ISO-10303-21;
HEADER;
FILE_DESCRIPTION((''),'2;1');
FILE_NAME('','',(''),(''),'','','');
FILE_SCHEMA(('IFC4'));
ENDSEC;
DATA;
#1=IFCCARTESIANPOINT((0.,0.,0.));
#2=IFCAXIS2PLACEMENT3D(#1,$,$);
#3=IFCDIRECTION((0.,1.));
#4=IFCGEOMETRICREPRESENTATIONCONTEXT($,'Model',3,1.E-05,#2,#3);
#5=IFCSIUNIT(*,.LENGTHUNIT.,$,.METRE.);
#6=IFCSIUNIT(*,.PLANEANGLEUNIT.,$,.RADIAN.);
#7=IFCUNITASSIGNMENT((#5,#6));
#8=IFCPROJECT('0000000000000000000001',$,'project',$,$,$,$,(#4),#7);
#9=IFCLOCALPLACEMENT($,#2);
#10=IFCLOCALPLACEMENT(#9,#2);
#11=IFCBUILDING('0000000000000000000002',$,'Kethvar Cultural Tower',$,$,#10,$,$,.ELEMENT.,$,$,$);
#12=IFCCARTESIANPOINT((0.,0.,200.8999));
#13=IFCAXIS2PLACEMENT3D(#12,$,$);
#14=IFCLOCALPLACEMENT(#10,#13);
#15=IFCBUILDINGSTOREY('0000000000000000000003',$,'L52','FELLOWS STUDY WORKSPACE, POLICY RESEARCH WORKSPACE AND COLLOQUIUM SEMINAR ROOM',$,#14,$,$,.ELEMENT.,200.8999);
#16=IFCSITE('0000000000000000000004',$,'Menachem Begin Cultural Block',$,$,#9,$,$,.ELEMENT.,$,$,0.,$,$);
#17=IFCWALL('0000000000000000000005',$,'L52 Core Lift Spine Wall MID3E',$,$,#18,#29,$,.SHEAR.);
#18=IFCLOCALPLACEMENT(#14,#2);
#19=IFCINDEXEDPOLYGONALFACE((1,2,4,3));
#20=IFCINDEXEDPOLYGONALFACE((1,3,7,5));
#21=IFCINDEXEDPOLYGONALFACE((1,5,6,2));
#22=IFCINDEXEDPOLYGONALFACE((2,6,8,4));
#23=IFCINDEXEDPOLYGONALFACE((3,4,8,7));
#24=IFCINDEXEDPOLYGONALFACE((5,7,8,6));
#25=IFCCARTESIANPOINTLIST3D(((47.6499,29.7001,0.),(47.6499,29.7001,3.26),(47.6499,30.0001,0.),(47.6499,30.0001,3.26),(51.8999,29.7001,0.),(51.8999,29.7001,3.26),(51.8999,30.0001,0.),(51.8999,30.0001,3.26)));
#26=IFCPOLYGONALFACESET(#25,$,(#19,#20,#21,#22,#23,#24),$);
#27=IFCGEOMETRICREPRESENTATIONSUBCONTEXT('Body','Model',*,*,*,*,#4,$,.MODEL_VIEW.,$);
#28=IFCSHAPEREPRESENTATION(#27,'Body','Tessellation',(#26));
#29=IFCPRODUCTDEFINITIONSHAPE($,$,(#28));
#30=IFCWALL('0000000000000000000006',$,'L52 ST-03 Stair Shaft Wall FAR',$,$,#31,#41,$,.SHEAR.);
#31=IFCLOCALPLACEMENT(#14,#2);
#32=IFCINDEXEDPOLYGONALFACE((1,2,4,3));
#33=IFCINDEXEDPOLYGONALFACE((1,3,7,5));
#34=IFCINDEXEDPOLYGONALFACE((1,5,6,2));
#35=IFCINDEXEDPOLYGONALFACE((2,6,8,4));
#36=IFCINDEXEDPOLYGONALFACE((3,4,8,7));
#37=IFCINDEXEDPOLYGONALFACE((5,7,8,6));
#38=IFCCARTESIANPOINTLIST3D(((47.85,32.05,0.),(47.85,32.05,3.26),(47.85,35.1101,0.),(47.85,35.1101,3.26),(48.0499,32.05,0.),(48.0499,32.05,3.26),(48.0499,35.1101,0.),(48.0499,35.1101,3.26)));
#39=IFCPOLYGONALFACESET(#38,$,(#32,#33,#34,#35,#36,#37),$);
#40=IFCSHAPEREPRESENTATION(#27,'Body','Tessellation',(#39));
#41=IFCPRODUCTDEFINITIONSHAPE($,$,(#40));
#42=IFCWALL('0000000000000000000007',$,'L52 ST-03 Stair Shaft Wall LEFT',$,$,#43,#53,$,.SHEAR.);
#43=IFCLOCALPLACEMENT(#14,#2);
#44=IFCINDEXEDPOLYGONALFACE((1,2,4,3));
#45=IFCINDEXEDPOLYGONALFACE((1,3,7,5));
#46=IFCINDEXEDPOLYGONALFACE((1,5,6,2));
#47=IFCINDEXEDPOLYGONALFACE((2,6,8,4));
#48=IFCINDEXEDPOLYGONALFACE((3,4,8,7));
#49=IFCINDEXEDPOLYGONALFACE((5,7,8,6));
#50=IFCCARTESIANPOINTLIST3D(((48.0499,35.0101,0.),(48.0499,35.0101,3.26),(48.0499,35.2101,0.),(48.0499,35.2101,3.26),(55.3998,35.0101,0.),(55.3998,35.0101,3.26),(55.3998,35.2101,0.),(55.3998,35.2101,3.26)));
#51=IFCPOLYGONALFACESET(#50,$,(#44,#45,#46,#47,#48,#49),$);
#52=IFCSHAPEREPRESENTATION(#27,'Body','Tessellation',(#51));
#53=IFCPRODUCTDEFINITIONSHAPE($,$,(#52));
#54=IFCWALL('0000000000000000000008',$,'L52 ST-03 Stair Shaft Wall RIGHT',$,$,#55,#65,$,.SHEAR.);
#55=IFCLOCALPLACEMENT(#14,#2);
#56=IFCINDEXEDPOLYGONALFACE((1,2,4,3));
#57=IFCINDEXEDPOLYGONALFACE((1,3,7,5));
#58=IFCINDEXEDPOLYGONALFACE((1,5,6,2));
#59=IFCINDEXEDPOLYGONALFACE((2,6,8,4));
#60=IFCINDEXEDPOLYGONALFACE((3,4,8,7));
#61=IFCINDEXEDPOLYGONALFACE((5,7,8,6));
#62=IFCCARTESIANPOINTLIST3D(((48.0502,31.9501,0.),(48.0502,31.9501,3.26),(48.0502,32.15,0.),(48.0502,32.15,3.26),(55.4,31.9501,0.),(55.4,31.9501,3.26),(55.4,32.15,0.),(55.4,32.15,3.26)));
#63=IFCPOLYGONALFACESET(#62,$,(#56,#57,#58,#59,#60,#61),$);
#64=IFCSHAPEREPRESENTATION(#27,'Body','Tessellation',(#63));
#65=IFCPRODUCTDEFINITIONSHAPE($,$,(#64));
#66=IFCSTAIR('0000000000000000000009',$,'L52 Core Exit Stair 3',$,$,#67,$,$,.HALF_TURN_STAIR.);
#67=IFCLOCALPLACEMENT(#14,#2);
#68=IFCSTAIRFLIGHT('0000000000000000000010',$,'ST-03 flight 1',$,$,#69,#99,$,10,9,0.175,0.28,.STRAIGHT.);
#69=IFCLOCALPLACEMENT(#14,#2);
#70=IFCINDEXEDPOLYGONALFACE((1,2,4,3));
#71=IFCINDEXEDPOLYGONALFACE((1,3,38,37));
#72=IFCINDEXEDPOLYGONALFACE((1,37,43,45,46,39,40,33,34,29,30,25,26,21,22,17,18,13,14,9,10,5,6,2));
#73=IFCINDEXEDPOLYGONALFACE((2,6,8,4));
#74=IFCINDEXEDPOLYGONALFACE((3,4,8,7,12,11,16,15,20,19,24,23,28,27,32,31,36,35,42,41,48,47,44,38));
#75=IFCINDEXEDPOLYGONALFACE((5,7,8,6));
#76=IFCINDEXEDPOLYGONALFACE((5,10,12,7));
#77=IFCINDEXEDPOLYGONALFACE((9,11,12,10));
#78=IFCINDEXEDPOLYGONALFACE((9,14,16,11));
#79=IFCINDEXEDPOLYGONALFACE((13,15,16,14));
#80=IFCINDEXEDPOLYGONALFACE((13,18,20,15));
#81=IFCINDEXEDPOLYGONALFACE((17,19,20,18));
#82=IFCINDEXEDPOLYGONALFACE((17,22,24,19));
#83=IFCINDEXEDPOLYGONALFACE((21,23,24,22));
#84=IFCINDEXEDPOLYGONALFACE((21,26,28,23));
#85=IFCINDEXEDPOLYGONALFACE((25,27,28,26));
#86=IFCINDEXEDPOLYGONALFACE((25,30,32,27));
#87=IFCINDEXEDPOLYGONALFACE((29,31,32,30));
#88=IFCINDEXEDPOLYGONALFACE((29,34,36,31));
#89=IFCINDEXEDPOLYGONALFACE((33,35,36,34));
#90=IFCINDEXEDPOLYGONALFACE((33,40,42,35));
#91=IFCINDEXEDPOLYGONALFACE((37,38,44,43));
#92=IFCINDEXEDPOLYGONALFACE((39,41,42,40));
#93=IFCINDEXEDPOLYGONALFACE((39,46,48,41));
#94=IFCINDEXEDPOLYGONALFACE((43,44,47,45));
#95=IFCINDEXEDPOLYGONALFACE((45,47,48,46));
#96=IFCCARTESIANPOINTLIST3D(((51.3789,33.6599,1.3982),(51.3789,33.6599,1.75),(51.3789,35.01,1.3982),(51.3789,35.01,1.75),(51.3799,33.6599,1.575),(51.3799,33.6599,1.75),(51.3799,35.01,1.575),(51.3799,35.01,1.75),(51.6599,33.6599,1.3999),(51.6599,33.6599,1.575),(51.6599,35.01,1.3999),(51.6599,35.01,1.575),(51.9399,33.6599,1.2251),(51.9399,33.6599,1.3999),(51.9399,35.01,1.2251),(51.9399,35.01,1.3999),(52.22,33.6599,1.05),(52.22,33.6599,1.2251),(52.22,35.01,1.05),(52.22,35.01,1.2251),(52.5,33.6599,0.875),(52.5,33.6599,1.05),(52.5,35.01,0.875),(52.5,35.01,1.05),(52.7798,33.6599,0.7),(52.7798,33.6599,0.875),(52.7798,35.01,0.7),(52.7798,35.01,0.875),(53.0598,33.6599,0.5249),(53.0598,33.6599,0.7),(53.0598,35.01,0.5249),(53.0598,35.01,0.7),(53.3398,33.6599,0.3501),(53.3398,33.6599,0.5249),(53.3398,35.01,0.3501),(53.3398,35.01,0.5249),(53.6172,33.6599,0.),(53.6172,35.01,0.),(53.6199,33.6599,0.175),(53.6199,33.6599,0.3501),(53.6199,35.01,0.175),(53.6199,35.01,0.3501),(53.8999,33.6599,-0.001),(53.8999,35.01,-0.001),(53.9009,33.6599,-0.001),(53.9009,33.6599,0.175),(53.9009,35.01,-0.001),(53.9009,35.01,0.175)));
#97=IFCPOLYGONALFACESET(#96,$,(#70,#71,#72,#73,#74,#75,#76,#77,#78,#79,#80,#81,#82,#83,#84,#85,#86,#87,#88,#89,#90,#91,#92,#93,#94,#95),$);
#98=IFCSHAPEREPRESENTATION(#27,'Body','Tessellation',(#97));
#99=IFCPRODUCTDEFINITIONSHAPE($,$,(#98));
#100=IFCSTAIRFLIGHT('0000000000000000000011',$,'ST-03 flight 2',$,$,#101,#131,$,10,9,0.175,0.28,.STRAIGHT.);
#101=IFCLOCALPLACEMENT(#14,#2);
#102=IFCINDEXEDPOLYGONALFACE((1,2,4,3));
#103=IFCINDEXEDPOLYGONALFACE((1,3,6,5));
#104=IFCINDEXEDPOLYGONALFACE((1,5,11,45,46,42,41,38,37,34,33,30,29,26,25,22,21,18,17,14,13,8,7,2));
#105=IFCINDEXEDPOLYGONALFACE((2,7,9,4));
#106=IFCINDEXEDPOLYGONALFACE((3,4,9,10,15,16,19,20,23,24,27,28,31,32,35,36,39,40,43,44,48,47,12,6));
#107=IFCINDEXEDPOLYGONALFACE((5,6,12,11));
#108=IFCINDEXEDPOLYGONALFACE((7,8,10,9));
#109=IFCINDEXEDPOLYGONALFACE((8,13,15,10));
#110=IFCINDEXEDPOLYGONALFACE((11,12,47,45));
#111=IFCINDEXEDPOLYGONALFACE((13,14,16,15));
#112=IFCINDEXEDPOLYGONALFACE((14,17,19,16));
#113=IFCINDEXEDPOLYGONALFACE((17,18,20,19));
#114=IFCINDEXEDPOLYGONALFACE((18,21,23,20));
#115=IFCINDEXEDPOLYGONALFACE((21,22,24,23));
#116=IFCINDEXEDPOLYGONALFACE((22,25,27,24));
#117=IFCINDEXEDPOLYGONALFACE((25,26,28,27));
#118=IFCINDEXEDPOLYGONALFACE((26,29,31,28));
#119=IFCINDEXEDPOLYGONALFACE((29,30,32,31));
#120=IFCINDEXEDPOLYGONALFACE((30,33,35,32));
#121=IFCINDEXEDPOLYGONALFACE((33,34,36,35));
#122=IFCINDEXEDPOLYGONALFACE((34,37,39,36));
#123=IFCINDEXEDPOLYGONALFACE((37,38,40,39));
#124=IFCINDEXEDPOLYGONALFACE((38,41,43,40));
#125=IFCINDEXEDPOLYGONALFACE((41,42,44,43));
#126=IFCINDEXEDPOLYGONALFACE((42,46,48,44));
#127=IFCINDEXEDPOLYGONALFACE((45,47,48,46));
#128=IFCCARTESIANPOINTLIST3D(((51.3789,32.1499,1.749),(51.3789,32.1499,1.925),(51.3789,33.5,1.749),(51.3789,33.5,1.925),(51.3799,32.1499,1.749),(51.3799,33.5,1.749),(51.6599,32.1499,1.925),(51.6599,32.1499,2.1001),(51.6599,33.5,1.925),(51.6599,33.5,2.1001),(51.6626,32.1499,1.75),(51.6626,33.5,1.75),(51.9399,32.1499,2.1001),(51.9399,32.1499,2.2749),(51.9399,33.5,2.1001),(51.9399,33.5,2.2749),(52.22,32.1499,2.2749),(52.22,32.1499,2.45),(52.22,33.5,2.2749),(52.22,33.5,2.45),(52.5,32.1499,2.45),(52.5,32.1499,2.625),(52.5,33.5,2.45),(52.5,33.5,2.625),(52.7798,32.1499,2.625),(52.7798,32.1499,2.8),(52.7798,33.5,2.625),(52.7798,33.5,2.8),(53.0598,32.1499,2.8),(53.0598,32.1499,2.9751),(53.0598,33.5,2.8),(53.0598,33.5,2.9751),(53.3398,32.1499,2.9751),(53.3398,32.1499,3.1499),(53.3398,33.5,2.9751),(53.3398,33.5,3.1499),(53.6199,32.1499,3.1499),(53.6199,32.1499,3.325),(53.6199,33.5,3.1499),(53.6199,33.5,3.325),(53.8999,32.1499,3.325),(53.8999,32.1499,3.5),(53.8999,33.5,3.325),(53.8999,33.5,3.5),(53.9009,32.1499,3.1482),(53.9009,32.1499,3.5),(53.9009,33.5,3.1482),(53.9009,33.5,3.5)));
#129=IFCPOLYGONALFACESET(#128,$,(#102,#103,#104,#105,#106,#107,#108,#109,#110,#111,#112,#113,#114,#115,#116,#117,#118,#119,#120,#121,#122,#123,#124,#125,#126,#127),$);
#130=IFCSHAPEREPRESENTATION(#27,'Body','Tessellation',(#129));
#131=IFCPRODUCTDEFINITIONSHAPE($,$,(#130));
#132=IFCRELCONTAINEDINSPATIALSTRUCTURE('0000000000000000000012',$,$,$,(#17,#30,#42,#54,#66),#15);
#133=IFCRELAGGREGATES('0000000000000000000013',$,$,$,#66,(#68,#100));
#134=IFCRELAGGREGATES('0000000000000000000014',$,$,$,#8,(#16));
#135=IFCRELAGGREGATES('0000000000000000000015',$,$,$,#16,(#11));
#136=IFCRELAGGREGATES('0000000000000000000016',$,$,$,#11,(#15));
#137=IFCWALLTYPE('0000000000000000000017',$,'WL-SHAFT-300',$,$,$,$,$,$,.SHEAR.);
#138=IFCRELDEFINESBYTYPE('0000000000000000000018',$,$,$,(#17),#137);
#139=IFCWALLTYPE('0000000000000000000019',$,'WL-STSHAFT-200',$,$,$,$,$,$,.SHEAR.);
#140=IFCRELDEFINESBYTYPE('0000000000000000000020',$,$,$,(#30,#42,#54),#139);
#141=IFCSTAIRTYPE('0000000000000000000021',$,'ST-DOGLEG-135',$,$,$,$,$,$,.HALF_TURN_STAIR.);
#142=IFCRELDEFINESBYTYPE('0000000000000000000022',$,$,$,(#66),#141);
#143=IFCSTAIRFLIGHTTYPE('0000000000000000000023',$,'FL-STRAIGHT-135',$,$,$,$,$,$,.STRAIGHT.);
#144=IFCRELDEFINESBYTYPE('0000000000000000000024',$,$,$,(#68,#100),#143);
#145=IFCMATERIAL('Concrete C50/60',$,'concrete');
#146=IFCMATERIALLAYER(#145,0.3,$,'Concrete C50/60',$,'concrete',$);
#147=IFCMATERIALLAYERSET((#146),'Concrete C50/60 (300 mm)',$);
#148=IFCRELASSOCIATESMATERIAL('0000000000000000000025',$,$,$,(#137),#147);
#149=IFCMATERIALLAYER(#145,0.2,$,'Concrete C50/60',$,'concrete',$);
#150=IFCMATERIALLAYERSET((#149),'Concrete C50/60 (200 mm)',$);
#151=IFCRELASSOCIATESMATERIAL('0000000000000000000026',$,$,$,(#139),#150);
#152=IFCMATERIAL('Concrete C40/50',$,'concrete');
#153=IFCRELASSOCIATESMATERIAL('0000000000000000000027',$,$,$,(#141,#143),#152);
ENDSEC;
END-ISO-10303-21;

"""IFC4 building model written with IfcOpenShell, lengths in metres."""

from ifc_helpers import new_model, si_unit, direction, frame, frame_2d, origin, place, context, subcontext, project, spatial, polyline, rectangle, outline, extrude, material, layer, layer_set, type_object, element, aggregate, save


model = new_model("IFC4")

# Units and contexts
model_context = context("Model", 3, precision=1e-05, world=origin(), true_north=direction((0.0, 1.0)))
body_context = subcontext(model_context, "Body", "Model", "MODEL_VIEW")
ifc_project = project(units=[si_unit("LENGTHUNIT", "METRE"), si_unit("PLANEANGLEUNIT", "RADIAN")], contexts=[model_context])

# Site, building, storey
site_placement = place(None, origin())
site = spatial("IfcSite", under=ifc_project, at=site_placement, Name="Menachem Begin Cultural Block", CompositionType="ELEMENT", RefElevation=0.0)
building_placement = place(site_placement, origin())
building = spatial("IfcBuilding", under=site, at=building_placement, Name="Kethvar Cultural Tower", CompositionType="ELEMENT")
storey_placement = place(building_placement, frame((0.0, 0.0, 200.8999)))
storey = spatial("IfcBuildingStorey", under=building, at=storey_placement, Name="L52", Description="FELLOWS STUDY WORKSPACE, POLICY RESEARCH WORKSPACE AND COLLOQUIUM SEMINAR ROOM", CompositionType="ELEMENT", Elevation=200.8999)

# Walls
ifc_material_1 = material(Name="Concrete C40/50", Category="concrete")
ifc_material_2 = material(Name="Concrete C50/60", Category="concrete")
ifc_layer_1 = layer(ifc_material_2, 0.3, Name="Concrete C50/60", Category="concrete")
ifc_layer_set_1 = layer_set([ifc_layer_1], Name="Concrete C50/60 (300 mm)")
wall_type_1 = type_object("IfcWallType", Name="WL-SHAFT-300", PredefinedType="SHEAR", material=ifc_layer_set_1)
wall_1_placement = place(storey_placement, frame((47.6499, 29.8501, 0.0), z_axis=(0.0, 0.0, 1.0), x_axis=(1.0, 0.0, 0.0)))
element("IfcWall", 1, at=wall_1_placement, inside=storey, type_object=wall_type_1, Name="L52 Core Lift Spine Wall MID3E", PredefinedType="SHEAR", context=body_context, shape_type="SweptSolid", body=[
    extrude(rectangle(XDim=4.25, YDim=0.3, at=frame_2d((2.125, 0.0))), origin(), (0.0, 0.0, 1.0), 3.26),
])
ifc_layer_2 = layer(ifc_material_2, 0.2, Name="Concrete C50/60", Category="concrete")
ifc_layer_set_2 = layer_set([ifc_layer_2], Name="Concrete C50/60 (200 mm)")
wall_type_2 = type_object("IfcWallType", Name="WL-STSHAFT-200", PredefinedType="SHEAR", material=ifc_layer_set_2)
wall_2_placement = place(storey_placement, frame((47.95, 32.05, 0.0), z_axis=(0.0, 0.0, 1.0), x_axis=(0.0, 1.0, 0.0)))
element("IfcWall", 2, at=wall_2_placement, inside=storey, type_object=wall_type_2, Name="L52 ST-03 Stair Shaft Wall FAR", PredefinedType="SHEAR", context=body_context, shape_type="SweptSolid", body=[
    extrude(rectangle(XDim=3.0601, YDim=0.2, at=frame_2d((1.53, 0.0))), origin(), (0.0, 0.0, 1.0), 3.26),
])
for number, where, z_axis, x_axis, name in (
    (3, (48.05, 35.1101, 0.0), (0.0, 0.0, 1.0), (1.0, 0.0, 0.0), "L52 ST-03 Stair Shaft Wall LEFT"),
    (4, (55.3999, 32.05, 0.0), (0.0, 0.0, 1.0), (-1.0, 0.0, 0.0), "L52 ST-03 Stair Shaft Wall RIGHT"),
):
    element("IfcWall", number, at=place(storey_placement, frame(where, z_axis=z_axis, x_axis=x_axis)), inside=storey, type_object=wall_type_2, Name=name, PredefinedType="SHEAR", context=body_context, shape_type="SweptSolid", body=[
        extrude(rectangle(XDim=7.3499, YDim=0.2, at=frame_2d((3.6748, 0.0))), origin(), (0.0, 0.0, 1.0), 3.26),
    ])

# Stair, stair flights
stair_type = type_object("IfcStairType", Name="ST-DOGLEG-135", PredefinedType="HALF_TURN_STAIR", material=ifc_material_1)
stair_placement = place(storey_placement, origin())
stair = element("IfcStair", 5, at=stair_placement, inside=storey, type_object=stair_type, Name="L52 Core Exit Stair 3", PredefinedType="HALF_TURN_STAIR")
stair_flight_type = type_object("IfcStairFlightType", Name="FL-STRAIGHT-135", PredefinedType="STRAIGHT", material=ifc_material_1)
stair_flight_1_placement = place(storey_placement, frame((53.8999, 34.335, 0.0), z_axis=(0.0, 0.0, 1.0), x_axis=(-1.0, 0.0, 0.0)))
stair_flight_1 = element("IfcStairFlight", 6, at=stair_flight_1_placement, type_object=stair_flight_type, Name="ST-03 flight 1", NumberOfRisers=10, NumberOfTreads=9, PredefinedType="STRAIGHT", RiserHeight=0.175, TreadLength=0.28, context=body_context, shape_type="SweptSolid", body=[
    extrude(outline(polyline([(-0.001, -0.001), (-0.001, 0.175), (0.28, 0.175), (0.28, 0.3501), (0.5601, 0.3501), (0.5601, 0.5249), (0.8401, 0.5249), (0.8401, 0.7), (1.1201, 0.7), (1.1201, 0.875), (1.3999, 0.875), (1.3999, 1.05), (1.6799, 1.05), (1.6799, 1.2251), (1.96, 1.2251), (1.96, 1.3999), (2.24, 1.3999), (2.24, 1.575), (2.52, 1.575), (2.52, 1.75), (2.521, 1.75), (2.521, 1.3982), (0.2827, 0.0), (0.0, -0.001), (-0.001, -0.001)])), frame((0.0, 0.675, 0.0), z_axis=(0.0, -1.0, 0.0), x_axis=(1.0, 0.0, 0.0)), (0.0, 0.0, 1.0), 1.3501),
])
stair_flight_2_placement = place(storey_placement, frame((51.3799, 32.825, 1.75), z_axis=(0.0, 0.0, 1.0), x_axis=(1.0, 0.0, 0.0)))
stair_flight_2 = element("IfcStairFlight", 7, at=stair_flight_2_placement, type_object=stair_flight_type, Name="ST-03 flight 2", NumberOfRisers=10, NumberOfTreads=9, PredefinedType="STRAIGHT", RiserHeight=0.175, TreadLength=0.28, context=body_context, shape_type="SweptSolid", body=[
    extrude(outline(polyline([(-0.001, -0.001), (-0.001, 0.175), (0.28, 0.175), (0.28, 0.3501), (0.5601, 0.3501), (0.5601, 0.5249), (0.8401, 0.5249), (0.8401, 0.7), (1.1201, 0.7), (1.1201, 0.875), (1.3999, 0.875), (1.3999, 1.05), (1.6799, 1.05), (1.6799, 1.2251), (1.96, 1.2251), (1.96, 1.3999), (2.24, 1.3999), (2.24, 1.575), (2.52, 1.575), (2.52, 1.75), (2.521, 1.75), (2.521, 1.3982), (0.2827, 0.0), (0.0, -0.001), (-0.001, -0.001)])), frame((0.0, 0.675, 0.0), z_axis=(0.0, -1.0, 0.0), x_axis=(1.0, 0.0, 0.0)), (0.0, 0.0, 1.0), 1.3501),
])
aggregate(stair, [stair_flight_1, stair_flight_2])

save(model, "model.ifc")
